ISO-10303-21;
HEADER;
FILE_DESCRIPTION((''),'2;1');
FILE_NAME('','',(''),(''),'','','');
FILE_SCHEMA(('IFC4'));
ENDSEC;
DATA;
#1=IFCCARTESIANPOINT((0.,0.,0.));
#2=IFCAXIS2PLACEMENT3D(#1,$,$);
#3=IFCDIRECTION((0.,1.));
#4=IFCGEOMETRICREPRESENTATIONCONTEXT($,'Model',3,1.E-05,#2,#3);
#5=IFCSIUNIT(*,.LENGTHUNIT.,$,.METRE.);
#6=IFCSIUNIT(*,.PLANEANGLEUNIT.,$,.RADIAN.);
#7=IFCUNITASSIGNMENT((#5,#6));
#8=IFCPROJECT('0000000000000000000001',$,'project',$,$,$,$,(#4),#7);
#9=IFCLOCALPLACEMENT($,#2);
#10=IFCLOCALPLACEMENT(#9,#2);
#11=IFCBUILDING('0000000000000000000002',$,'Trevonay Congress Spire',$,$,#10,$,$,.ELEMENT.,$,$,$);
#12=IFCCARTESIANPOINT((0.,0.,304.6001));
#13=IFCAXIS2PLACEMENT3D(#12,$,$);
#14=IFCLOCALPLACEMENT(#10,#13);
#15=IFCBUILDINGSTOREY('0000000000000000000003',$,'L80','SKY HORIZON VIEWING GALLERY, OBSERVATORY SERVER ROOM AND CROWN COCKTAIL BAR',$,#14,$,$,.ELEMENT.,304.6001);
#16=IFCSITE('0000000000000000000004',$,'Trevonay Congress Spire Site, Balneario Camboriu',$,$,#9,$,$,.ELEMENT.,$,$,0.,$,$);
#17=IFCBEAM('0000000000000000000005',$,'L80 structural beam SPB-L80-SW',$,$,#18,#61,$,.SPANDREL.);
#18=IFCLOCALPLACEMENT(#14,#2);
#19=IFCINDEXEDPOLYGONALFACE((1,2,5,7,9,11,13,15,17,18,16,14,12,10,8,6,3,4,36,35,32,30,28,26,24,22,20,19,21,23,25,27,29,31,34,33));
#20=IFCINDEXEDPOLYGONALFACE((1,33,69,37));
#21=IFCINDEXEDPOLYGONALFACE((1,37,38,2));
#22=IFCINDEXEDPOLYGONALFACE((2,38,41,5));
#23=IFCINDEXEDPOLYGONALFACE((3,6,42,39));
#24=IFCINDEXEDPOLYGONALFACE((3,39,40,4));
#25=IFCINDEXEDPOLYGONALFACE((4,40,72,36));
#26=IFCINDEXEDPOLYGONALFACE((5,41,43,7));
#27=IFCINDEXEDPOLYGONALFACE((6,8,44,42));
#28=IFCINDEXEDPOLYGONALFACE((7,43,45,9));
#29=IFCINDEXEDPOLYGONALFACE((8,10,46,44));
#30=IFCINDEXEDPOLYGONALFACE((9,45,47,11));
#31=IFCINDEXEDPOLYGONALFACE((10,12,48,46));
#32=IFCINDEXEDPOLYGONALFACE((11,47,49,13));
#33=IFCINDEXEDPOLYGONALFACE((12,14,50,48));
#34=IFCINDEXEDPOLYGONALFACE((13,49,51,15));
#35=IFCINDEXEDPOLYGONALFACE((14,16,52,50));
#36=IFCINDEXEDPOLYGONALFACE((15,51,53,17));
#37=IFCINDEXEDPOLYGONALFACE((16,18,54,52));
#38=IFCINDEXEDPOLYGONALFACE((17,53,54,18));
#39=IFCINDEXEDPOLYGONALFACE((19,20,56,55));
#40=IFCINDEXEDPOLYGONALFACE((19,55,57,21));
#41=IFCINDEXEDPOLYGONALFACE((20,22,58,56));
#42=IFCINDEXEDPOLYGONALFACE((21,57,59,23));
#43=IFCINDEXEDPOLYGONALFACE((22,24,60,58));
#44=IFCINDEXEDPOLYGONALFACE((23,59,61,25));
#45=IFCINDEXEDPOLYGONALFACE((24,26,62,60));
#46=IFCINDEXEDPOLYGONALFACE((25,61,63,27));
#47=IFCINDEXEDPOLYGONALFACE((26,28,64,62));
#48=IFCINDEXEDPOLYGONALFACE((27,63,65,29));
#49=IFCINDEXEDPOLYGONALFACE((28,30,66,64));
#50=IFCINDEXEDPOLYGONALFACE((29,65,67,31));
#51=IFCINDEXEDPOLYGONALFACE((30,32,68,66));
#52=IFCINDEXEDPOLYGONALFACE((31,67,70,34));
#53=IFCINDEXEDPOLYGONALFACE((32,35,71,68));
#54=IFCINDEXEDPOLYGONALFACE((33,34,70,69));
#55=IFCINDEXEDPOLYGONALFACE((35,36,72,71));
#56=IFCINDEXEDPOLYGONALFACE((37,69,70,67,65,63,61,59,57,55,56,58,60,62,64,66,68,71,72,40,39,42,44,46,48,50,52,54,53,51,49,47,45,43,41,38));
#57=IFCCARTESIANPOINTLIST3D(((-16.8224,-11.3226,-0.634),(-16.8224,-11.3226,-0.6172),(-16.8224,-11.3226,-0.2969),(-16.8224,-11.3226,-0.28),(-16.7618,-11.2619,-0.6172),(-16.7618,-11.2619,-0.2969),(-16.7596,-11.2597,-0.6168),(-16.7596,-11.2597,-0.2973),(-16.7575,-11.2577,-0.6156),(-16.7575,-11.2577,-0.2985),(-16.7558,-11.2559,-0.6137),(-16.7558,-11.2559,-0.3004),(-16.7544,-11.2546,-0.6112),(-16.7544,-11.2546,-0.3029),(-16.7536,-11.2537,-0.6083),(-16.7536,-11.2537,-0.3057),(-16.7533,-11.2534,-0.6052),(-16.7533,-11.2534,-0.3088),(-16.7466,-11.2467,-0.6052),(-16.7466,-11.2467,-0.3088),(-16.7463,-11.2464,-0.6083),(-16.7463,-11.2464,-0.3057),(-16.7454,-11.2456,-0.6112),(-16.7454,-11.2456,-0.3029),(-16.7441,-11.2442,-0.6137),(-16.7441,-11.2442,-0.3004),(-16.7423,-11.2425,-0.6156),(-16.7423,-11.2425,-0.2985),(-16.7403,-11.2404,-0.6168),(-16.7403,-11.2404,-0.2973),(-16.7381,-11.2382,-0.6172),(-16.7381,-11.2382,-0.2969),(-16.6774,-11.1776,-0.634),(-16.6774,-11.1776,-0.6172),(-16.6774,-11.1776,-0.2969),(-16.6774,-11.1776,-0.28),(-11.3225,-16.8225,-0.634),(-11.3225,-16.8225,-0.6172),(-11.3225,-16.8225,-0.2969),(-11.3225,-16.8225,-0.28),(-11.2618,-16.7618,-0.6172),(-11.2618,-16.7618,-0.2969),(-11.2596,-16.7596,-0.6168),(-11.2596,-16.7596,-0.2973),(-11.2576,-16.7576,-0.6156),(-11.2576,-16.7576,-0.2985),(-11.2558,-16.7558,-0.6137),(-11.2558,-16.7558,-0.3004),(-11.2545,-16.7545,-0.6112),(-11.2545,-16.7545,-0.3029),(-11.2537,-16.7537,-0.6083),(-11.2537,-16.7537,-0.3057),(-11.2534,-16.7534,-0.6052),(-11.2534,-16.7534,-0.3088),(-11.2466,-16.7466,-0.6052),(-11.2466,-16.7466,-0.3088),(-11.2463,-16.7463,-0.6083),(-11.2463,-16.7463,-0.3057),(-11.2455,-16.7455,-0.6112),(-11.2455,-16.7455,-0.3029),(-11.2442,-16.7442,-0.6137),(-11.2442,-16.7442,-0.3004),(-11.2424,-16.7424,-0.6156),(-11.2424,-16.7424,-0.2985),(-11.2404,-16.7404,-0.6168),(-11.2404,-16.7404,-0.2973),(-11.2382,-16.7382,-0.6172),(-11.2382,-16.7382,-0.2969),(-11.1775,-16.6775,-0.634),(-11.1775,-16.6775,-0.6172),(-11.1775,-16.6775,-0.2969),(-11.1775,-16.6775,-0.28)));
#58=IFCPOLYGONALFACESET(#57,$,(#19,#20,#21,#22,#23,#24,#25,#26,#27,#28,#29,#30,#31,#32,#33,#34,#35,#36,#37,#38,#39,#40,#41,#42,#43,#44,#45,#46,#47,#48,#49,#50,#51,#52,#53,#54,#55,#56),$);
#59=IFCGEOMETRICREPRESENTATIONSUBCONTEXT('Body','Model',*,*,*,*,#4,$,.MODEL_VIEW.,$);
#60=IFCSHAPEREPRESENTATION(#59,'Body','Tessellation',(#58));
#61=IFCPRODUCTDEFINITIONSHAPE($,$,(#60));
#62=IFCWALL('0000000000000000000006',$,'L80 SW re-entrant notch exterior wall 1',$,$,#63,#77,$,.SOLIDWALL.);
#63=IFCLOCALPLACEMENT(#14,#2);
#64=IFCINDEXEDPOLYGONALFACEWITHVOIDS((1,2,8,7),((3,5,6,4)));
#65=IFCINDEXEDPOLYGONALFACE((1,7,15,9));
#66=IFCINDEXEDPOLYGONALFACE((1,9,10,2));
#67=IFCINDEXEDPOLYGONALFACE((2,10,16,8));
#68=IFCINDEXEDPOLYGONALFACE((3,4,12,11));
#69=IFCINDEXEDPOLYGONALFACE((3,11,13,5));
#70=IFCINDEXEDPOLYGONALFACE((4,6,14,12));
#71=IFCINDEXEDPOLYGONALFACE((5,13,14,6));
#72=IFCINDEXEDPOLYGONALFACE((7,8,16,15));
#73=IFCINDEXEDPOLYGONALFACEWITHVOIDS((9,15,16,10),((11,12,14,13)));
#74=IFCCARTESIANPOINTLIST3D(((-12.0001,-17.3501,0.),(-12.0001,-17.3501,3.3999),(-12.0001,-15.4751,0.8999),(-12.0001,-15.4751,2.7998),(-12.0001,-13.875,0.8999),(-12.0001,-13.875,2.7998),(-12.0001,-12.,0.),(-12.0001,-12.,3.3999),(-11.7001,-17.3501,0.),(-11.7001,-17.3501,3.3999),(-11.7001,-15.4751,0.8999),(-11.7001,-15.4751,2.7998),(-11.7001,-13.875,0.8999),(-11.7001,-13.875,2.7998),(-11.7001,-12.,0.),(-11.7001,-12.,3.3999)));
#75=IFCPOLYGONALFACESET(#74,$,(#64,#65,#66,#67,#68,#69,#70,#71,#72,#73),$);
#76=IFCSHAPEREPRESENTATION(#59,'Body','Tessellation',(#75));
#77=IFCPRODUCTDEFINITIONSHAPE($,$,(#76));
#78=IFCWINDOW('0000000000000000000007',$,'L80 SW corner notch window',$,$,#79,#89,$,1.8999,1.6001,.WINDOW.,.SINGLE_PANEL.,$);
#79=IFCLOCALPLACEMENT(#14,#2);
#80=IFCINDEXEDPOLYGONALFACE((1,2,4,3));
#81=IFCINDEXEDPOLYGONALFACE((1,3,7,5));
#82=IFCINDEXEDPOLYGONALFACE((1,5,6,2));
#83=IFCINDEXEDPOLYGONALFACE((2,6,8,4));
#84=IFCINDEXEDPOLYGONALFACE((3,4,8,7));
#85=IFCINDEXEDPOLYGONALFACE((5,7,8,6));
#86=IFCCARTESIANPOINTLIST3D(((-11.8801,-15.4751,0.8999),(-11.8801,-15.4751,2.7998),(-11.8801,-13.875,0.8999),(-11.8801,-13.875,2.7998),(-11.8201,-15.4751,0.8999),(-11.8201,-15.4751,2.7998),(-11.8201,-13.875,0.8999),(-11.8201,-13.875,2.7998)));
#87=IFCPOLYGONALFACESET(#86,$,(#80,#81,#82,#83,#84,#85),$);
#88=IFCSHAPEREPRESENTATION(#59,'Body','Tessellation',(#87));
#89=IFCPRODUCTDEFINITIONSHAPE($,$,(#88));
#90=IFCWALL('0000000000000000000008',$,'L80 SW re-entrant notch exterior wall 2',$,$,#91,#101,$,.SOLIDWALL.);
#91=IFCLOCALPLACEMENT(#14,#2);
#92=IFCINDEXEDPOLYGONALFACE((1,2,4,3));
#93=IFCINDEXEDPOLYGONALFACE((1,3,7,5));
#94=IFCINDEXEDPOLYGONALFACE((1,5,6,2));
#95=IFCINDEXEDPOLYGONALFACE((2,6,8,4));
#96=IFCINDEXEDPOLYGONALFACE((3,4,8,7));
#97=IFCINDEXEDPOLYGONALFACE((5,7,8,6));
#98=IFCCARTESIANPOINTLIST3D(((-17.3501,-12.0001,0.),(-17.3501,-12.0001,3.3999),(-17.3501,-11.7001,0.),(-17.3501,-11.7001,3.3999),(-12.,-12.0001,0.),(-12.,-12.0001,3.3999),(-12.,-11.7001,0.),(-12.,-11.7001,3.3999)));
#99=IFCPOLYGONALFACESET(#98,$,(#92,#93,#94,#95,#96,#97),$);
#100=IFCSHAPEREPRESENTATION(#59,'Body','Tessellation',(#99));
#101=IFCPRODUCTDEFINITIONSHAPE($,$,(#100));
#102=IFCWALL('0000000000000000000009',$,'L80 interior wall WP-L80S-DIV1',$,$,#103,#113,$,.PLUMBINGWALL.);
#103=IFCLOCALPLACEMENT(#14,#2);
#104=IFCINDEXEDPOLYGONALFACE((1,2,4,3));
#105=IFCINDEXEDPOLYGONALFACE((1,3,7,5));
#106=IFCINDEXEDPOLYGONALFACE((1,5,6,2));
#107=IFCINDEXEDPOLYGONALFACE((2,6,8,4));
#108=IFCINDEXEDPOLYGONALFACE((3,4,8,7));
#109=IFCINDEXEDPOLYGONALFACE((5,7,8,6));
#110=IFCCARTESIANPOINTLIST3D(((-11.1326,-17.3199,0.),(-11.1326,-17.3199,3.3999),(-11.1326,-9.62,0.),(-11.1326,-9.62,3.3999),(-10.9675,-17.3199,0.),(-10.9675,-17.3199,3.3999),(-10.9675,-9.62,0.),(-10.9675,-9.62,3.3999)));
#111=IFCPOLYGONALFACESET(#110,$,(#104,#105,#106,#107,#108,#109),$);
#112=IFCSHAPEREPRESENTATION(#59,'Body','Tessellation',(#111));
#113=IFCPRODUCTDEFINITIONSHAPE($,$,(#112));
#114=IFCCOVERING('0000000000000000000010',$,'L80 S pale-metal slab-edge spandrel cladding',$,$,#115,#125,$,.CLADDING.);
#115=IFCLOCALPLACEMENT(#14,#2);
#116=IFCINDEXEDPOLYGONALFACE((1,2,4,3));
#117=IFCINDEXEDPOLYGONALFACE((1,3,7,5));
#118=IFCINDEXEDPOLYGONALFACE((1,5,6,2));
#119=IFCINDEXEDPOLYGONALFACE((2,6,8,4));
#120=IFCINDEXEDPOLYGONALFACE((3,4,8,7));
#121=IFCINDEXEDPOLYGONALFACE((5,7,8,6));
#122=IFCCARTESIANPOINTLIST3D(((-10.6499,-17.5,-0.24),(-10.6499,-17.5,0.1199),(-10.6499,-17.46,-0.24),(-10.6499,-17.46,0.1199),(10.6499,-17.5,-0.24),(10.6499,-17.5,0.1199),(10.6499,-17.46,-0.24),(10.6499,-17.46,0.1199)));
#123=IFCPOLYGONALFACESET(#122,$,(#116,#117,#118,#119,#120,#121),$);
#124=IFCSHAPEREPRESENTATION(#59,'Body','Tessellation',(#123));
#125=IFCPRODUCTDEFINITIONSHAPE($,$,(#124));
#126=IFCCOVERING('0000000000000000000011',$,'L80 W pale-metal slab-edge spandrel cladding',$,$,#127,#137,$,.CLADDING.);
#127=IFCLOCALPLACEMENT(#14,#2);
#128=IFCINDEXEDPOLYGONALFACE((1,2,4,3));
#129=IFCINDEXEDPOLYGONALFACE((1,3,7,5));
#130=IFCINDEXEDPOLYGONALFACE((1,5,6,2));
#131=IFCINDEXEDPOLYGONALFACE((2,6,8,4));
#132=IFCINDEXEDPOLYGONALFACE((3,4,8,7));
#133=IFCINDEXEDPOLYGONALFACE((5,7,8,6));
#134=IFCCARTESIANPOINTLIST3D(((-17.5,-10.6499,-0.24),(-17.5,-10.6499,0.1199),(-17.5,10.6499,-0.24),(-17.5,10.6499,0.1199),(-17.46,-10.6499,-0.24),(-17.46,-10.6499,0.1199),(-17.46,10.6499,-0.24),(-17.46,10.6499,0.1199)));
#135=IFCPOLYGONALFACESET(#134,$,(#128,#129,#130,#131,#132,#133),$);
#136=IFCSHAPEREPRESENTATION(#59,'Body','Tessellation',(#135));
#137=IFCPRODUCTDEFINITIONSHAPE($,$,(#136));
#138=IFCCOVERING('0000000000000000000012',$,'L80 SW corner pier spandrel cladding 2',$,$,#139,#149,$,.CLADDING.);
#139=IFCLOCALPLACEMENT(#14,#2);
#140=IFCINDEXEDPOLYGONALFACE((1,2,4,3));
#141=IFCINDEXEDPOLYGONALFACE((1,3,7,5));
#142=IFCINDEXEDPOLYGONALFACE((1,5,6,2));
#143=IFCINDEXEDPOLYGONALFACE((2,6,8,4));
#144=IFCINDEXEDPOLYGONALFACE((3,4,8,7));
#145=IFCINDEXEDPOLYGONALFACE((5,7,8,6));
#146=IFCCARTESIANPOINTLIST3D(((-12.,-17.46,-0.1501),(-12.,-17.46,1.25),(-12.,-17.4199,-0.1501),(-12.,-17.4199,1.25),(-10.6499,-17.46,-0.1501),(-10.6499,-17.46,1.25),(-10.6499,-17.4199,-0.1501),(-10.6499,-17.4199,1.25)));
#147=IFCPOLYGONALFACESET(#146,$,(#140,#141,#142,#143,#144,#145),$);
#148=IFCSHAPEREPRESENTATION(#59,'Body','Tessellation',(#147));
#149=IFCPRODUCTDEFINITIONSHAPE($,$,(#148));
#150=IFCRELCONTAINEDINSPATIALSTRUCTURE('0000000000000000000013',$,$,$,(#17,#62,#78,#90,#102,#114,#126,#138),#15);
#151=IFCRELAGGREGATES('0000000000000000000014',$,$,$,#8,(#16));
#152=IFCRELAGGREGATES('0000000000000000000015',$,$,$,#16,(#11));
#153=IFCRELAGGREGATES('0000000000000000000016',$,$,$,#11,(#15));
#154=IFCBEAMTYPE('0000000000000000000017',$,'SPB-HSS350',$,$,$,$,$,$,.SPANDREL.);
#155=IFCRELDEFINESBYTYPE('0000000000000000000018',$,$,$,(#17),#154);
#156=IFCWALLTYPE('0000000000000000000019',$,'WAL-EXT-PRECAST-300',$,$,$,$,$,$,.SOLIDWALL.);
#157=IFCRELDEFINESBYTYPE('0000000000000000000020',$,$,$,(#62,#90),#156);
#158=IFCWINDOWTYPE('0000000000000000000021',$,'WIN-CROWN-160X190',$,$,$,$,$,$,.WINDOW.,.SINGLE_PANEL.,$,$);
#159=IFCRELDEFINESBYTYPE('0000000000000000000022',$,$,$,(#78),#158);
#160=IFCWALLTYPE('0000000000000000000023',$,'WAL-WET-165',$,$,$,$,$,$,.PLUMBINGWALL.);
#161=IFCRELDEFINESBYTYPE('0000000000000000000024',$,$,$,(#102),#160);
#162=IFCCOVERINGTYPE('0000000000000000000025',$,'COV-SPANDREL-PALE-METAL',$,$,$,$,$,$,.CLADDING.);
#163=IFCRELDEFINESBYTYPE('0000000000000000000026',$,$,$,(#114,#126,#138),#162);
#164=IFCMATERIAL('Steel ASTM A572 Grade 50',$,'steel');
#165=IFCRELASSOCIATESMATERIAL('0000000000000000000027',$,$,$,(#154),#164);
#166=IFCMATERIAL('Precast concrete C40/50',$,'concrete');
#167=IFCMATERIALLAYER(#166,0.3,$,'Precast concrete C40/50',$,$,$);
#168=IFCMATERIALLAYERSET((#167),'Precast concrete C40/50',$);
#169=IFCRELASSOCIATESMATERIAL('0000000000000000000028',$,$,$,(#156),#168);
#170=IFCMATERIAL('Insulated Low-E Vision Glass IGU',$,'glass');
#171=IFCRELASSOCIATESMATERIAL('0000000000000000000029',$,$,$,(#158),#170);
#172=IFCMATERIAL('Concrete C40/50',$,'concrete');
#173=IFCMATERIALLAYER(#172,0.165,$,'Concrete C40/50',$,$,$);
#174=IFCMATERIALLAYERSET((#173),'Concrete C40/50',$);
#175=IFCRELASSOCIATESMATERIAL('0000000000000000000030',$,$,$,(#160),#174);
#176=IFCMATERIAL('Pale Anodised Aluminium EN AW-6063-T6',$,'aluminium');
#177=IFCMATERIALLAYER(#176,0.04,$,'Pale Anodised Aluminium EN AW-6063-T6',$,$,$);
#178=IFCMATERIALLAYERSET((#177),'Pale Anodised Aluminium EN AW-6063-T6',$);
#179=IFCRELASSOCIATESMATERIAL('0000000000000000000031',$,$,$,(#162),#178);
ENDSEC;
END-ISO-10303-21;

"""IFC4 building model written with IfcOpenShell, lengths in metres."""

from ifc_helpers import new_model, si_unit, direction, frame, frame_2d, origin, origin_2d, place, context, subcontext, project, spatial, rectangle, i_section, extrude, material, layer, layer_set, material_profile, profile_set, type_object, element, fill, save


model = new_model("IFC4")

# Units and contexts
model_context = context("Model", 3, precision=1e-05, world=origin(), true_north=direction((0.0, 1.0)))
body_context = subcontext(model_context, "Body", "Model", "MODEL_VIEW")
ifc_project = project(units=[si_unit("LENGTHUNIT", "METRE"), si_unit("PLANEANGLEUNIT", "RADIAN")], contexts=[model_context])

# Site, building, storey
site_placement = place(None, origin())
site = spatial("IfcSite", under=ifc_project, at=site_placement, Name="Trevonay Congress Spire Site, Balneario Camboriu", CompositionType="ELEMENT", RefElevation=0.0)
building_placement = place(site_placement, origin())
building = spatial("IfcBuilding", under=site, at=building_placement, Name="Trevonay Congress Spire", CompositionType="ELEMENT")
storey_placement = place(building_placement, frame((0.0, 0.0, 304.6001)))
storey = spatial("IfcBuildingStorey", under=building, at=storey_placement, Name="L80", Description="SKY HORIZON VIEWING GALLERY, OBSERVATORY SERVER ROOM AND CROWN COCKTAIL BAR", CompositionType="ELEMENT", Elevation=304.6001)

# Shared definitions
ifc_material_1 = material(Name="Steel ASTM A572 Grade 50", Category="steel")

# Shared definitions
ifc_material_2 = material(Name="Pale Anodised Aluminium EN AW-6063-T6", Category="aluminium")

# Beam
ifc_material_profile_1 = material_profile(ifc_material_1, i_section(OverallWidth=0.2051, OverallDepth=0.354, WebThickness=0.0095, FlangeThickness=0.0168, FilletRadius=0.012, at=origin_2d()), Name="W360x79")
ifc_profile_set_1 = profile_set([ifc_material_profile_1], Name="Steel ASTM A572 Grade 50")
beam_type_1 = type_object("IfcBeamType", Name="SPB-HSS350", PredefinedType="SPANDREL", material=ifc_profile_set_1)
beam_placement = place(storey_placement, frame((-11.25, -16.75, -0.457), z_axis=(-0.707107, 0.707107, 0.0), x_axis=(-0.707107, -0.707107, 0.0)))
element("IfcBeam", 1, at=beam_placement, inside=storey, type_object=beam_type_1, Name="L80 structural beam SPB-L80-SW", PredefinedType="SPANDREL", context=body_context, shape_type="SweptSolid", body=[
    extrude(i_section(OverallWidth=0.2051, OverallDepth=0.354, WebThickness=0.0095, FlangeThickness=0.0168, FilletRadius=0.012, at=origin_2d()), origin(), (0.0, 0.0, 1.0), 7.7781),
])

# Wall, opening, window
ifc_material_3 = material(Name="Precast concrete C40/50", Category="concrete")
ifc_layer_1 = layer(ifc_material_3, 0.3, Name="Precast concrete C40/50")
ifc_layer_set_1 = layer_set([ifc_layer_1], Name="Precast concrete C40/50")
wall_type_1 = type_object("IfcWallType", Name="WAL-EXT-PRECAST-300", PredefinedType="SOLIDWALL", material=ifc_layer_set_1)
wall_1_placement = place(storey_placement, frame((-11.8501, -17.3501, 0.0), z_axis=(0.0, 0.0, 1.0), x_axis=(0.0, 1.0, 0.0)))
wall_1 = element("IfcWall", 2, at=wall_1_placement, inside=storey, type_object=wall_type_1, Name="L80 SW re-entrant notch exterior wall 1", PredefinedType="SOLIDWALL", context=body_context, shape_type="SweptSolid", body=[
    extrude(rectangle(XDim=5.3501, YDim=0.3, at=frame_2d((2.675, 0.0))), origin(), (0.0, 0.0, 1.0), 3.3999),
])
opening_placement = place(wall_1_placement, frame((1.875, 0.0, 0.8999)))
opening = element("IfcOpeningElement", 3, at=opening_placement, cuts=wall_1, PredefinedType="OPENING", context=body_context, shape_type="SweptSolid", body=[
    extrude(rectangle(XDim=1.6001, YDim=1.8999, at=frame_2d((0.8, 0.95))), frame((0.0, 0.1602, 0.0), z_axis=(0.0, -1.0, 0.0), x_axis=(1.0, 0.0, 0.0)), (0.0, 0.0, 1.0), 0.3201),
])
ifc_material_4 = material(Name="Insulated Low-E Vision Glass IGU", Category="glass")
window_type = type_object("IfcWindowType", Name="WIN-CROWN-160X190", PartitioningType="SINGLE_PANEL", PredefinedType="WINDOW", material=ifc_material_4)
window_placement = place(opening_placement, origin())
window = element("IfcWindow", 4, at=window_placement, inside=storey, type_object=window_type, Name="L80 SW corner notch window", OverallHeight=1.8999, OverallWidth=1.6001, PartitioningType="SINGLE_PANEL", PredefinedType="WINDOW", context=body_context, shape_type="SweptSolid", body=[
    extrude(rectangle(XDim=1.6001, YDim=1.8999, at=frame_2d((0.8, 0.95))), frame((0.0, 0.03, 0.0), z_axis=(0.0, -1.0, 0.0), x_axis=(1.0, 0.0, 0.0)), (0.0, 0.0, 1.0), 0.0601),
])
fill(opening, window)

# Walls
wall_2_placement = place(storey_placement, frame((-17.3501, -11.8501, 0.0), z_axis=(0.0, 0.0, 1.0), x_axis=(1.0, 0.0, 0.0)))
element("IfcWall", 5, at=wall_2_placement, inside=storey, type_object=wall_type_1, Name="L80 SW re-entrant notch exterior wall 2", PredefinedType="SOLIDWALL", context=body_context, shape_type="SweptSolid", body=[
    extrude(rectangle(XDim=5.3501, YDim=0.3, at=frame_2d((2.675, 0.0))), origin(), (0.0, 0.0, 1.0), 3.3999),
])
ifc_material_5 = material(Name="Concrete C40/50", Category="concrete")
ifc_layer_2 = layer(ifc_material_5, 0.165, Name="Concrete C40/50")
ifc_layer_set_2 = layer_set([ifc_layer_2], Name="Concrete C40/50")
wall_type_2 = type_object("IfcWallType", Name="WAL-WET-165", PredefinedType="PLUMBINGWALL", material=ifc_layer_set_2)
wall_3_placement = place(storey_placement, frame((-11.05, -17.3201, 0.0), z_axis=(0.0, 0.0, 1.0), x_axis=(0.0, 1.0, 0.0)))
element("IfcWall", 6, at=wall_3_placement, inside=storey, type_object=wall_type_2, Name="L80 interior wall WP-L80S-DIV1", PredefinedType="PLUMBINGWALL", context=body_context, shape_type="SweptSolid", body=[
    extrude(rectangle(XDim=7.7, YDim=0.165, at=frame_2d((3.8501, 0.0))), origin(), (0.0, 0.0, 1.0), 3.3999),
])

# Coverings
ifc_layer_3 = layer(ifc_material_2, 0.04, Name="Pale Anodised Aluminium EN AW-6063-T6")
ifc_layer_set_3 = layer_set([ifc_layer_3], Name="Pale Anodised Aluminium EN AW-6063-T6")
covering_type = type_object("IfcCoveringType", Name="COV-SPANDREL-PALE-METAL", PredefinedType="CLADDING", material=ifc_layer_set_3)
for number, where, z_axis, x_axis, name in (
    (7, (-10.6499, -17.48, -0.24), (0.0, 0.0, 1.0), (1.0, 0.0, 0.0), "L80 S pale-metal slab-edge spandrel cladding"),
    (8, (-17.48, -10.6499, -0.24), (0.0, 0.0, 1.0), (0.0, 1.0, 0.0), "L80 W pale-metal slab-edge spandrel cladding"),
):
    element("IfcCovering", number, at=place(storey_placement, frame(where, z_axis=z_axis, x_axis=x_axis)), inside=storey, type_object=covering_type, Name=name, PredefinedType="CLADDING", context=body_context, shape_type="SweptSolid", body=[
        extrude(rectangle(XDim=21.2998, YDim=0.04, at=frame_2d((10.6499, 0.0))), origin(), (0.0, 0.0, 1.0), 0.3599),
    ])
covering_placement = place(storey_placement, frame((-10.6499, -17.4399, -0.1501), z_axis=(0.0, 0.0, 1.0), x_axis=(-1.0, 0.0, 0.0)))
element("IfcCovering", 9, at=covering_placement, inside=storey, type_object=covering_type, Name="L80 SW corner pier spandrel cladding 2", PredefinedType="CLADDING", context=body_context, shape_type="SweptSolid", body=[
    extrude(rectangle(XDim=1.3501, YDim=0.04, at=frame_2d((0.675, 0.0))), origin(), (0.0, 0.0, 1.0), 1.4001),
])

save(model, "model.ifc")
